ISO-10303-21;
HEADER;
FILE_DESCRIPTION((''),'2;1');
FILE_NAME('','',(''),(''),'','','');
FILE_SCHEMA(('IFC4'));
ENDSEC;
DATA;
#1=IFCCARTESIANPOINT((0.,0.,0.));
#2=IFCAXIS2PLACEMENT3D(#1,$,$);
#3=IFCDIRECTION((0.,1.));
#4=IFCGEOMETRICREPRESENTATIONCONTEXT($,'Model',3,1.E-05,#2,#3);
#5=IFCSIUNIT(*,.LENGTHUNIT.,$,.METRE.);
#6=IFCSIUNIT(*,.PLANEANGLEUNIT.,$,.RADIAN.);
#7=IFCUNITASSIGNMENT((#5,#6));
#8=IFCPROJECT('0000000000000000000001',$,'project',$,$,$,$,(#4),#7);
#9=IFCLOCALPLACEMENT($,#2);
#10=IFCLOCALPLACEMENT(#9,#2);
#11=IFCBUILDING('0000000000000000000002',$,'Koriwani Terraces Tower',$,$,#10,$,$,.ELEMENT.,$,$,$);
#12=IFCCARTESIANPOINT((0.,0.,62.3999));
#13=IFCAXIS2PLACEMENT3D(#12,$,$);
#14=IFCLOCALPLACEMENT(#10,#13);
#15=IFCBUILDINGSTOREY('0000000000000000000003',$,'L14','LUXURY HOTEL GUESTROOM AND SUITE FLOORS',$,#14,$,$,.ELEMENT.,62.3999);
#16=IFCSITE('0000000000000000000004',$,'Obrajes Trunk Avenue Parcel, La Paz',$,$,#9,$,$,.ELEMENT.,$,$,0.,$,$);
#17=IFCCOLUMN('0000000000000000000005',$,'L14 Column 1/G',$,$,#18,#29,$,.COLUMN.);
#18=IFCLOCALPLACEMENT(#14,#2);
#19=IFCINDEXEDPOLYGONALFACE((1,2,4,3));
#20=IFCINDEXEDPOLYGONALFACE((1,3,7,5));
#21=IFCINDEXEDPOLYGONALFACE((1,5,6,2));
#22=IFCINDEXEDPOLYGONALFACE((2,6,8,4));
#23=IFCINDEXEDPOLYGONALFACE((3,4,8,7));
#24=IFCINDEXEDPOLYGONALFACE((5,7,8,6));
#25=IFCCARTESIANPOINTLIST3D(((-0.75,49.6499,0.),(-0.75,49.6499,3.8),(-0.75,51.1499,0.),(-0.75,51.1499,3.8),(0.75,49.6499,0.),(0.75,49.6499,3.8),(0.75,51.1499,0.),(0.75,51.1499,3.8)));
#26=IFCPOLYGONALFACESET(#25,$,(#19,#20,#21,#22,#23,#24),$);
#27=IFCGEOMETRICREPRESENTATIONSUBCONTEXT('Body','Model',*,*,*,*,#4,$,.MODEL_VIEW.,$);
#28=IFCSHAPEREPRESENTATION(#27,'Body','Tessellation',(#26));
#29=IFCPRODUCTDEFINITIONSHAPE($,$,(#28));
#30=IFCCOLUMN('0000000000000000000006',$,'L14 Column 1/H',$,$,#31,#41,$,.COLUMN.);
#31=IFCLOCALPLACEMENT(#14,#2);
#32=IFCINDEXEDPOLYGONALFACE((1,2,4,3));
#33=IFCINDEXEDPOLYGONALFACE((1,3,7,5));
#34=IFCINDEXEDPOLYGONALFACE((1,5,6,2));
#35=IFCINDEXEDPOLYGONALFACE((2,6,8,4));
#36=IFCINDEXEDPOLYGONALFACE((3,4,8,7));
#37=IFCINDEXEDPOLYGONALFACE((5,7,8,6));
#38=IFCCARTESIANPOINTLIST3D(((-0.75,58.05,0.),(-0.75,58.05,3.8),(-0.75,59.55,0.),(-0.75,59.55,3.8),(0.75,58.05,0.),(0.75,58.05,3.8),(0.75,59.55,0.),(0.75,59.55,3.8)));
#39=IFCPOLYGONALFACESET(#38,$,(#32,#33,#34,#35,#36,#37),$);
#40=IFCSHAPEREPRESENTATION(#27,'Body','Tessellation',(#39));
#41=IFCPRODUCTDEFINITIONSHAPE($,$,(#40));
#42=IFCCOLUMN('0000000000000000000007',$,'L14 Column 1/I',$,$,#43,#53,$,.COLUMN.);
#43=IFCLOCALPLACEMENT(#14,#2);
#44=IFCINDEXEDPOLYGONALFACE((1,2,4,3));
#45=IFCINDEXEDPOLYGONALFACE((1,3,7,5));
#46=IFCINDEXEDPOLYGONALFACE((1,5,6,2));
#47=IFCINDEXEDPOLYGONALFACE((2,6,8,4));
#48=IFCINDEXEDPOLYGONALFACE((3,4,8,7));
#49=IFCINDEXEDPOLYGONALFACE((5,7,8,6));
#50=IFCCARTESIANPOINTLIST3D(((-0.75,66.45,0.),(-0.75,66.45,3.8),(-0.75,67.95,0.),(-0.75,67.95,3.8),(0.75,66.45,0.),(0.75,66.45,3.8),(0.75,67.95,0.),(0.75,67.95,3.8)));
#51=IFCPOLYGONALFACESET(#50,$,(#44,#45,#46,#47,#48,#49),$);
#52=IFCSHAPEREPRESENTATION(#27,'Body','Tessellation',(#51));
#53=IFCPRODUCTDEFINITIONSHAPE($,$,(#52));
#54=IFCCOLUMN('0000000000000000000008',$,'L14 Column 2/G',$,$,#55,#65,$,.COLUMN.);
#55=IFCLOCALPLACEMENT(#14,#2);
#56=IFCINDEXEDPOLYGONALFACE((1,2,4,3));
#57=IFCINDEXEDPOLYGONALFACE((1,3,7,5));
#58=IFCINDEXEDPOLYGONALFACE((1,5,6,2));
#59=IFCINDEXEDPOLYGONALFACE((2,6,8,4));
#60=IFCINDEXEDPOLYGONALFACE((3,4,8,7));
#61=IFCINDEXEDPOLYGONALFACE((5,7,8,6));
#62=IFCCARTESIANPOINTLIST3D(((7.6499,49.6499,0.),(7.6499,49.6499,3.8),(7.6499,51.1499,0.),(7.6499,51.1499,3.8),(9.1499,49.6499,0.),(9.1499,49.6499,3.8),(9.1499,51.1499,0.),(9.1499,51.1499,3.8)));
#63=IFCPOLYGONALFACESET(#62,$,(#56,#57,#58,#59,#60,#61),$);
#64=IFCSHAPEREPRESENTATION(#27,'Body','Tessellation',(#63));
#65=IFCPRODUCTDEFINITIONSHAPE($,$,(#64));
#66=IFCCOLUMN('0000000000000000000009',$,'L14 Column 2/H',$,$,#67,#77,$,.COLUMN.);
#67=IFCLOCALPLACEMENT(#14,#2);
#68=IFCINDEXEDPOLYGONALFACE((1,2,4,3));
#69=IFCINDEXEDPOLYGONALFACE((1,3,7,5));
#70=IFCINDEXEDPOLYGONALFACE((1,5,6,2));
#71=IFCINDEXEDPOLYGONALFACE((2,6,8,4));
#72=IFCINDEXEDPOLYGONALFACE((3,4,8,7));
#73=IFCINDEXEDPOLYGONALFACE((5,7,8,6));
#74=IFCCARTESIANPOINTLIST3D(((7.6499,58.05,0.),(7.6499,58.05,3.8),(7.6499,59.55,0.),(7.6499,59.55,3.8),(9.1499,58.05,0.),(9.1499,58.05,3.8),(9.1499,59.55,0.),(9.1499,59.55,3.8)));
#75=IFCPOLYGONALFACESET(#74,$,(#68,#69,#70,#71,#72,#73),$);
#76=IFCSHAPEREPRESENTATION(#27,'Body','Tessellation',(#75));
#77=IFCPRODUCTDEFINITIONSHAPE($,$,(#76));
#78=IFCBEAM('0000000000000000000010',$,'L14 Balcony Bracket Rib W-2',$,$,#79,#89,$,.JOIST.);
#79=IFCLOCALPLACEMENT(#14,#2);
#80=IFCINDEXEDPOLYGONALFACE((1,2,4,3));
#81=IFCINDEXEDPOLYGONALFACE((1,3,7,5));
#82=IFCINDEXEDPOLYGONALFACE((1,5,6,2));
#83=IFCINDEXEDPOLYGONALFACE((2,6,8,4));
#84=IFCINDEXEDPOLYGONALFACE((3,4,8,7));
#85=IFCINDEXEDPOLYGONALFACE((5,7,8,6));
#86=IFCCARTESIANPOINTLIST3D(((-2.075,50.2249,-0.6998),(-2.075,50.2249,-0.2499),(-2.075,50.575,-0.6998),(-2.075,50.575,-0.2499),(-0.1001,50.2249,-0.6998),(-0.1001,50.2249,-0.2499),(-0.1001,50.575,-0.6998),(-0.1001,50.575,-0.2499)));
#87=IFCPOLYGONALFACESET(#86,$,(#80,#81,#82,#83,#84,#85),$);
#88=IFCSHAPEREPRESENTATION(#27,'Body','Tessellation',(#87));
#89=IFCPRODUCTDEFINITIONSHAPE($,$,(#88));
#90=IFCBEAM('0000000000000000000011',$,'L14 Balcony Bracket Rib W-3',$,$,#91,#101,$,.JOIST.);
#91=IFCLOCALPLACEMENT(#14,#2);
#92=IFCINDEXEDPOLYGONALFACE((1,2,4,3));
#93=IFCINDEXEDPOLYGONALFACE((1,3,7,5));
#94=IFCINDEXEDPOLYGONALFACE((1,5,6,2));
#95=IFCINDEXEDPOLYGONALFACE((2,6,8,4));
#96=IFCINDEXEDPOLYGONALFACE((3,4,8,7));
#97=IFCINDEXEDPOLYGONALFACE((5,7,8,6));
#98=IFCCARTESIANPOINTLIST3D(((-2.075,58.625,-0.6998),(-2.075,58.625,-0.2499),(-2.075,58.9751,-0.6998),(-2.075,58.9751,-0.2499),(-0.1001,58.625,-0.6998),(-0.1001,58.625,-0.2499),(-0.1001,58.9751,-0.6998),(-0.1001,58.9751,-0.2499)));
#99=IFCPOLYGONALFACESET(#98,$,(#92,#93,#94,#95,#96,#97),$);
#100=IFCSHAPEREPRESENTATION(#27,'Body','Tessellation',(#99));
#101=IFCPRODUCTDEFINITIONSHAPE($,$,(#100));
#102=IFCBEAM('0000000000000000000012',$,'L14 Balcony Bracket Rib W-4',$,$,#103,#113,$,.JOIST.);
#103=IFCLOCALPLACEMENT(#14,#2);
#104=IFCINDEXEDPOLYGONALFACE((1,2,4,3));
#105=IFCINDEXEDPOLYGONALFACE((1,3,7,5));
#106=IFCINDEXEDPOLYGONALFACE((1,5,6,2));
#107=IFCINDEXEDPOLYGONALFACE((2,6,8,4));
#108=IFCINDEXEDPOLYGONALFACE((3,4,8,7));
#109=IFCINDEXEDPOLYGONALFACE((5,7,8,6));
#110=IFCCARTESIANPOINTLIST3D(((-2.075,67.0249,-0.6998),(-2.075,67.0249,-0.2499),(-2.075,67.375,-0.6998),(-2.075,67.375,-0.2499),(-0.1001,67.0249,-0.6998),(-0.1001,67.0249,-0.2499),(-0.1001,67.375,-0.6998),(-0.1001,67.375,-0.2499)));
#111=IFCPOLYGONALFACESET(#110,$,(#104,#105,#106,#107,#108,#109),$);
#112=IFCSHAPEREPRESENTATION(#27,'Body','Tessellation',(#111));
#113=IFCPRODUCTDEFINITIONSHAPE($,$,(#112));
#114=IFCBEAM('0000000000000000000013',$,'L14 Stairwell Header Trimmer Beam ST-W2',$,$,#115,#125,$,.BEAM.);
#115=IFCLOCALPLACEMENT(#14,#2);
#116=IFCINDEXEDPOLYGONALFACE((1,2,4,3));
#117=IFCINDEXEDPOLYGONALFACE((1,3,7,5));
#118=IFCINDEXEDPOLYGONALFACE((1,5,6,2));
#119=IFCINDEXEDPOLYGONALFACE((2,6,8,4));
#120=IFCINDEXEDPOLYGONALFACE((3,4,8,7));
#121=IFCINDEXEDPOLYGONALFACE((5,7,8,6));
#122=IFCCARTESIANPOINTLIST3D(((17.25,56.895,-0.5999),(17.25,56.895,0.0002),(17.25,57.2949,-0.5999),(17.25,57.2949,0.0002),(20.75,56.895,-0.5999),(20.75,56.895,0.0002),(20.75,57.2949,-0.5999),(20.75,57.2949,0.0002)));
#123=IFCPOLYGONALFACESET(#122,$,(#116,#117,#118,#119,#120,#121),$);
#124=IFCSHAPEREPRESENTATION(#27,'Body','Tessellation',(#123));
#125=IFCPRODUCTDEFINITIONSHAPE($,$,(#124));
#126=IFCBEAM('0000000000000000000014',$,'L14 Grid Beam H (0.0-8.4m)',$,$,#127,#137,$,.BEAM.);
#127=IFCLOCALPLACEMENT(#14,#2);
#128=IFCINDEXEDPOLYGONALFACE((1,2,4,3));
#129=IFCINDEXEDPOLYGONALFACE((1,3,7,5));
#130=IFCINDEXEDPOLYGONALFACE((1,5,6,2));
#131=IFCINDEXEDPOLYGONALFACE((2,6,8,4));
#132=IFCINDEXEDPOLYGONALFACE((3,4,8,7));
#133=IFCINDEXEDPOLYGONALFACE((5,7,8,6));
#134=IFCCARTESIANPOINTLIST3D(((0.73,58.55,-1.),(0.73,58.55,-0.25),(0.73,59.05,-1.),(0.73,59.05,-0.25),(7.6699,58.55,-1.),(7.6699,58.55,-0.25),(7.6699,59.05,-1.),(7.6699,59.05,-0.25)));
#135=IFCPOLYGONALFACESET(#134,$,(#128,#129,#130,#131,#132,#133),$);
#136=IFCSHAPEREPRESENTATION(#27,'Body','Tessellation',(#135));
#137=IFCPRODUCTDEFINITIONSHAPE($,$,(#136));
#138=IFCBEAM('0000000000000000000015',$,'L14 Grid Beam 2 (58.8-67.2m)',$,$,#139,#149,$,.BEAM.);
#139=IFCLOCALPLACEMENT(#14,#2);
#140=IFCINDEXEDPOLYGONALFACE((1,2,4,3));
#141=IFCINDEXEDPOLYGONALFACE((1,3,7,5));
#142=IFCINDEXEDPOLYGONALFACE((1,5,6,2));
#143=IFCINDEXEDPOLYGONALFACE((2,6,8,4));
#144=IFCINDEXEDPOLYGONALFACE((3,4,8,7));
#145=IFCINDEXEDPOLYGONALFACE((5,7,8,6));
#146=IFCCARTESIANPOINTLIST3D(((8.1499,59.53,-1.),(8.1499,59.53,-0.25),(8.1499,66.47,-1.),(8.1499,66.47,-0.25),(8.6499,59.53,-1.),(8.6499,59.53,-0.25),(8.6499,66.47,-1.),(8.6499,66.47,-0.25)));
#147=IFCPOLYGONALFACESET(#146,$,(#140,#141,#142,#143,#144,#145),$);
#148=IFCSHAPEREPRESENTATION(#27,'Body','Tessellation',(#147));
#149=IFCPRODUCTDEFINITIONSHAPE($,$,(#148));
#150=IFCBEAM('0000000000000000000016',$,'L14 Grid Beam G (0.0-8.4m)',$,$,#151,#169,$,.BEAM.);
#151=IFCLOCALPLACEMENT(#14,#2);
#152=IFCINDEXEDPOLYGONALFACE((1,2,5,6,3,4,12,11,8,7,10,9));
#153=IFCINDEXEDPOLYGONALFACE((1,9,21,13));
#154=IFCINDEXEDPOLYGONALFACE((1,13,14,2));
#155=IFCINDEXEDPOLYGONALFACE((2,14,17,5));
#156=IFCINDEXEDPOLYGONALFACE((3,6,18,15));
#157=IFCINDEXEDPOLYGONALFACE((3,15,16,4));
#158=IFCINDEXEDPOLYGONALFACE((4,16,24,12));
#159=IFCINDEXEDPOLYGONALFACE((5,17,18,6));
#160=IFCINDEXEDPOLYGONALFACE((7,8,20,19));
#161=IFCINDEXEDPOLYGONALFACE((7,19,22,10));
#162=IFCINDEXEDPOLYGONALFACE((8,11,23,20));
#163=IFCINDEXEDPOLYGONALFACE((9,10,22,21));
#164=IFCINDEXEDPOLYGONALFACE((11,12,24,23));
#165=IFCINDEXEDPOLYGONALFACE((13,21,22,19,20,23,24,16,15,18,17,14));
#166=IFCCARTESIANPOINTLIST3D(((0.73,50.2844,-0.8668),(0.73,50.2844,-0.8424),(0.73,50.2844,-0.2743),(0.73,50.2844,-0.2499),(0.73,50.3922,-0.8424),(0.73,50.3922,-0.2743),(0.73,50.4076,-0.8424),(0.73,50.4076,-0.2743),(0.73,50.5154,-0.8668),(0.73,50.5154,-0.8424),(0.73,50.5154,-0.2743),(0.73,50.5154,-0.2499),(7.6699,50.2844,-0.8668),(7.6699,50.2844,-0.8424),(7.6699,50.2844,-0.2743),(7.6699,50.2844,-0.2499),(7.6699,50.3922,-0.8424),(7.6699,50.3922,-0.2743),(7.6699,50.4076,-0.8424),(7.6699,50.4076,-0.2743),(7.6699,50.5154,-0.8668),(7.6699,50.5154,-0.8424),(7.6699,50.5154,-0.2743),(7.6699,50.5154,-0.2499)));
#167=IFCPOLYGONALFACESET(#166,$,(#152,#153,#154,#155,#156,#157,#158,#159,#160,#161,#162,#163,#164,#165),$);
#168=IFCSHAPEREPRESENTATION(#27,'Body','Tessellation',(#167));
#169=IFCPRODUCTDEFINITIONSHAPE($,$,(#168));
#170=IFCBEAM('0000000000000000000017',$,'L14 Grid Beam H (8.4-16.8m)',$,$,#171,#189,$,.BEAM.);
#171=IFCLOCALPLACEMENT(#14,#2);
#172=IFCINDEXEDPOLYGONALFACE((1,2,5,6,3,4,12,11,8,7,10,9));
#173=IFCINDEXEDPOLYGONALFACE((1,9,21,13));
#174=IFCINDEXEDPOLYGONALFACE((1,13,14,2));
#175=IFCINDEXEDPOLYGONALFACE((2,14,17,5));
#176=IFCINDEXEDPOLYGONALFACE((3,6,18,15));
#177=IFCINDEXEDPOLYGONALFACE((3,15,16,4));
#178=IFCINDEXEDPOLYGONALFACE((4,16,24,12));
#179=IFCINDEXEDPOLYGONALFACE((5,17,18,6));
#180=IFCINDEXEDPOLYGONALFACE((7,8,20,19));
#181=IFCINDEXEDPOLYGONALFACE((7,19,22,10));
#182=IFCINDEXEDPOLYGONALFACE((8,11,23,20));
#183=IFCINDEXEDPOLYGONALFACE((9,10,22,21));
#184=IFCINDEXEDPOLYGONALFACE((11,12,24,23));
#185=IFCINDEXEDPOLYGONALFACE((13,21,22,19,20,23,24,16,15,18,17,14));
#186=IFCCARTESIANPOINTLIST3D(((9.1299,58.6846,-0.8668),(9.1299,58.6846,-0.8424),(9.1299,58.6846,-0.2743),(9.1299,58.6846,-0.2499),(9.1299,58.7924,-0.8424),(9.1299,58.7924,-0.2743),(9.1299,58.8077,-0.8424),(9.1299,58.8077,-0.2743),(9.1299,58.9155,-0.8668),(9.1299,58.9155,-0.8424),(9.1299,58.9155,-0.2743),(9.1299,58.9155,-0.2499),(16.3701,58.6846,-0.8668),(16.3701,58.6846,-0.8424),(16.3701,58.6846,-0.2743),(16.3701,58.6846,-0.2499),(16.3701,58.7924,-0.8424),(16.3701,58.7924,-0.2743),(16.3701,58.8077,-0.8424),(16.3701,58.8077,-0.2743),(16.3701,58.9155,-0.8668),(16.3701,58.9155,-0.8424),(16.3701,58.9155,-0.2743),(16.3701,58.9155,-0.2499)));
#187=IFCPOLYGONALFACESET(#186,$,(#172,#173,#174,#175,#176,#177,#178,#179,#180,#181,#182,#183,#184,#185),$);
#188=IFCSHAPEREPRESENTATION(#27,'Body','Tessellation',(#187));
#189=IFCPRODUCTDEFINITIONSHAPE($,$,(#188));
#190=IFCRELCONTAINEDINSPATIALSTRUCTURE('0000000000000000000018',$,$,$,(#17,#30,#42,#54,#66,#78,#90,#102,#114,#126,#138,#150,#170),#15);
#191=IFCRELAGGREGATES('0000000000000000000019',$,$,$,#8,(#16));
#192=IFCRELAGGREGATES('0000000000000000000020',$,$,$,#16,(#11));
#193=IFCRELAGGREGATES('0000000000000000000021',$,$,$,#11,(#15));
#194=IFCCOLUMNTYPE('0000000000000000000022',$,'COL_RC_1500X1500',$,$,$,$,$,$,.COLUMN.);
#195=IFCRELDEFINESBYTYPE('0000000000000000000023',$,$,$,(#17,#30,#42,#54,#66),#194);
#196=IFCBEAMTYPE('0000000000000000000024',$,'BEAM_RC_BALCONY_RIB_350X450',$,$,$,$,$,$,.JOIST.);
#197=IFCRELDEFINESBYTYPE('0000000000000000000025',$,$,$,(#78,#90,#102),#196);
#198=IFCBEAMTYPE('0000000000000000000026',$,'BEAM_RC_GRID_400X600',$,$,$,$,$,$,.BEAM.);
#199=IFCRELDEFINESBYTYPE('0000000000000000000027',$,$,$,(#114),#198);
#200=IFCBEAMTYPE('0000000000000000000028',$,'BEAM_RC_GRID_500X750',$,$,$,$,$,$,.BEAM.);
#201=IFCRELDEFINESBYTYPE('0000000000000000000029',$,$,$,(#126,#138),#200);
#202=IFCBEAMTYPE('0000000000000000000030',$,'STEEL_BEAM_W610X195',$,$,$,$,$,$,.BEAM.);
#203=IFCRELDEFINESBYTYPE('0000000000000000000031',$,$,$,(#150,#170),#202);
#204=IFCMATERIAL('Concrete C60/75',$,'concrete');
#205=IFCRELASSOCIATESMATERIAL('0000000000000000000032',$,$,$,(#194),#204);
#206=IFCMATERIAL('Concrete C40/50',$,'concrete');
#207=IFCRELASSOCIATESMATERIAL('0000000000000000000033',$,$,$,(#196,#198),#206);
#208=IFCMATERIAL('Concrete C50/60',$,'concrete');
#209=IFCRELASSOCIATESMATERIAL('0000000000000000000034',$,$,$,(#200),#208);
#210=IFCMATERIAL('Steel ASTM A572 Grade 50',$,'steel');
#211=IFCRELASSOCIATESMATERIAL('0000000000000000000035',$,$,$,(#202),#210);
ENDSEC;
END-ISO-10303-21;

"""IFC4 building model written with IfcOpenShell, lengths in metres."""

from ifc_helpers import new_model, si_unit, direction, frame, origin, origin_2d, place, context, subcontext, project, spatial, rectangle, i_section, extrude, material, material_profile, profile_set, type_object, element, save


model = new_model("IFC4")

# Units and contexts
model_context = context("Model", 3, precision=1e-05, world=origin(), true_north=direction((0.0, 1.0)))
body_context = subcontext(model_context, "Body", "Model", "MODEL_VIEW")
ifc_project = project(units=[si_unit("LENGTHUNIT", "METRE"), si_unit("PLANEANGLEUNIT", "RADIAN")], contexts=[model_context])

# Site, building, storey
site_placement = place(None, origin())
site = spatial("IfcSite", under=ifc_project, at=site_placement, Name="Obrajes Trunk Avenue Parcel, La Paz", CompositionType="ELEMENT", RefElevation=0.0)
building_placement = place(site_placement, origin())
building = spatial("IfcBuilding", under=site, at=building_placement, Name="Koriwani Terraces Tower", CompositionType="ELEMENT")
storey_placement = place(building_placement, frame((0.0, 0.0, 62.3999)))
storey = spatial("IfcBuildingStorey", under=building, at=storey_placement, Name="L14", Description="LUXURY HOTEL GUESTROOM AND SUITE FLOORS", CompositionType="ELEMENT", Elevation=62.3999)

# Columns
ifc_material_1 = material(Name="Concrete C60/75", Category="concrete")
ifc_material_profile_1 = material_profile(ifc_material_1, rectangle(XDim=1.5, YDim=1.5, at=origin_2d()), Name="Concrete C60/75", Category="LoadBearing")
ifc_profile_set_1 = profile_set([ifc_material_profile_1], Name="Concrete C60/75")
column_type = type_object("IfcColumnType", Name="COL_RC_1500X1500", PredefinedType="COLUMN", material=ifc_profile_set_1)
for number, where, z_axis, x_axis, name in (
    (1, (0.0, 50.3999, 0.0), (0.0, 0.0, 1.0), (1.0, 0.0, 0.0), "L14 Column 1/G"),
    (2, (0.0, 58.8, 0.0), (0.0, 0.0, 1.0), (1.0, 0.0, 0.0), "L14 Column 1/H"),
    (3, (0.0, 67.2, 0.0), (0.0, 0.0, 1.0), (1.0, 0.0, 0.0), "L14 Column 1/I"),
    (4, (8.3999, 50.3999, 0.0), (0.0, 0.0, 1.0), (1.0, 0.0, 0.0), "L14 Column 2/G"),
    (5, (8.3999, 58.8, 0.0), (0.0, 0.0, 1.0), (1.0, 0.0, 0.0), "L14 Column 2/H"),
):
    element("IfcColumn", number, at=place(storey_placement, frame(where, z_axis=z_axis, x_axis=x_axis)), inside=storey, type_object=column_type, Name=name, PredefinedType="COLUMN", context=body_context, shape_type="SweptSolid", body=[
        extrude(rectangle(XDim=1.5, YDim=1.5, at=origin_2d()), origin(), (0.0, 0.0, 1.0), 3.8),
    ])

# Beams
ifc_material_2 = material(Name="Concrete C40/50", Category="concrete")
ifc_material_profile_2 = material_profile(ifc_material_2, rectangle(XDim=0.3501, YDim=0.45, at=origin_2d()), Name="Concrete C40/50", Category="LoadBearing")
ifc_profile_set_2 = profile_set([ifc_material_profile_2], Name="Concrete C40/50")
beam_type_1 = type_object("IfcBeamType", Name="BEAM_RC_BALCONY_RIB_350X450", PredefinedType="JOIST", material=ifc_profile_set_2)
for number, where, z_axis, x_axis, name in (
    (6, (-2.075, 50.3999, -0.4749), (1.0, 0.0, 0.0), (0.0, 1.0, 0.0), "L14 Balcony Bracket Rib W-2"),
    (7, (-2.075, 58.8, -0.4749), (1.0, 0.0, 0.0), (0.0, 1.0, 0.0), "L14 Balcony Bracket Rib W-3"),
    (8, (-2.075, 67.2, -0.4749), (1.0, 0.0, 0.0), (0.0, 1.0, 0.0), "L14 Balcony Bracket Rib W-4"),
):
    element("IfcBeam", number, at=place(storey_placement, frame(where, z_axis=z_axis, x_axis=x_axis)), inside=storey, type_object=beam_type_1, Name=name, PredefinedType="JOIST", context=body_context, shape_type="SweptSolid", body=[
        extrude(rectangle(XDim=0.3501, YDim=0.45, at=origin_2d()), origin(), (0.0, 0.0, 1.0), 1.9749),
    ])
ifc_material_profile_3 = material_profile(ifc_material_2, rectangle(XDim=0.3999, YDim=0.6001, at=origin_2d()), Name="Concrete C40/50", Category="LoadBearing")
ifc_profile_set_3 = profile_set([ifc_material_profile_3], Name="Concrete C40/50")
beam_type_2 = type_object("IfcBeamType", Name="BEAM_RC_GRID_400X600", PredefinedType="BEAM", material=ifc_profile_set_3)
beam_1_placement = place(storey_placement, frame((17.25, 57.095, -0.2998), z_axis=(1.0, 0.0, 0.0), x_axis=(0.0, 1.0, 0.0)))
element("IfcBeam", 9, at=beam_1_placement, inside=storey, type_object=beam_type_2, Name="L14 Stairwell Header Trimmer Beam ST-W2", PredefinedType="BEAM", context=body_context, shape_type="SweptSolid", body=[
    extrude(rectangle(XDim=0.3999, YDim=0.6001, at=origin_2d()), origin(), (0.0, 0.0, 1.0), 3.5),
])
ifc_material_3 = material(Name="Concrete C50/60", Category="concrete")
ifc_material_profile_4 = material_profile(ifc_material_3, rectangle(XDim=0.5, YDim=0.75, at=origin_2d()), Name="Concrete C50/60", Category="LoadBearing")
ifc_profile_set_4 = profile_set([ifc_material_profile_4], Name="Concrete C50/60")
beam_type_3 = type_object("IfcBeamType", Name="BEAM_RC_GRID_500X750", PredefinedType="BEAM", material=ifc_profile_set_4)
for number, where, z_axis, x_axis, name in (
    (10, (0.73, 58.8, -0.625), (1.0, 0.0, 0.0), (0.0, 1.0, 0.0), "L14 Grid Beam H (0.0-8.4m)"),
    (11, (8.3999, 59.53, -0.625), (0.0, 1.0, 0.0), (-1.0, 0.0, 0.0), "L14 Grid Beam 2 (58.8-67.2m)"),
):
    element("IfcBeam", number, at=place(storey_placement, frame(where, z_axis=z_axis, x_axis=x_axis)), inside=storey, type_object=beam_type_3, Name=name, PredefinedType="BEAM", context=body_context, shape_type="SweptSolid", body=[
        extrude(rectangle(XDim=0.5, YDim=0.75, at=origin_2d()), origin(), (0.0, 0.0, 1.0), 6.9399),
    ])
ifc_material_4 = material(Name="Steel ASTM A572 Grade 50", Category="steel")
ifc_material_profile_5 = material_profile(ifc_material_4, i_section(OverallWidth=0.231, OverallDepth=0.6169, WebThickness=0.0154, FlangeThickness=0.0244, at=origin_2d()), Name="Steel ASTM A572 Grade 50", Category="LoadBearing")
ifc_profile_set_5 = profile_set([ifc_material_profile_5], Name="Steel ASTM A572 Grade 50")
beam_type_4 = type_object("IfcBeamType", Name="STEEL_BEAM_W610X195", PredefinedType="BEAM", material=ifc_profile_set_5)
beam_2_placement = place(storey_placement, frame((0.73, 50.3999, -0.5583), z_axis=(1.0, 0.0, 0.0), x_axis=(0.0, 1.0, 0.0)))
element("IfcBeam", 12, at=beam_2_placement, inside=storey, type_object=beam_type_4, Name="L14 Grid Beam G (0.0-8.4m)", PredefinedType="BEAM", context=body_context, shape_type="SweptSolid", body=[
    extrude(i_section(OverallWidth=0.231, OverallDepth=0.6169, WebThickness=0.0154, FlangeThickness=0.0244, at=origin_2d()), origin(), (0.0, 0.0, 1.0), 6.9399),
])
beam_3_placement = place(storey_placement, frame((9.1299, 58.8, -0.5583), z_axis=(1.0, 0.0, 0.0), x_axis=(0.0, 1.0, 0.0)))
element("IfcBeam", 13, at=beam_3_placement, inside=storey, type_object=beam_type_4, Name="L14 Grid Beam H (8.4-16.8m)", PredefinedType="BEAM", context=body_context, shape_type="SweptSolid", body=[
    extrude(i_section(OverallWidth=0.231, OverallDepth=0.6169, WebThickness=0.0154, FlangeThickness=0.0244, at=origin_2d()), origin(), (0.0, 0.0, 1.0), 7.2402),
])

save(model, "model.ifc")
